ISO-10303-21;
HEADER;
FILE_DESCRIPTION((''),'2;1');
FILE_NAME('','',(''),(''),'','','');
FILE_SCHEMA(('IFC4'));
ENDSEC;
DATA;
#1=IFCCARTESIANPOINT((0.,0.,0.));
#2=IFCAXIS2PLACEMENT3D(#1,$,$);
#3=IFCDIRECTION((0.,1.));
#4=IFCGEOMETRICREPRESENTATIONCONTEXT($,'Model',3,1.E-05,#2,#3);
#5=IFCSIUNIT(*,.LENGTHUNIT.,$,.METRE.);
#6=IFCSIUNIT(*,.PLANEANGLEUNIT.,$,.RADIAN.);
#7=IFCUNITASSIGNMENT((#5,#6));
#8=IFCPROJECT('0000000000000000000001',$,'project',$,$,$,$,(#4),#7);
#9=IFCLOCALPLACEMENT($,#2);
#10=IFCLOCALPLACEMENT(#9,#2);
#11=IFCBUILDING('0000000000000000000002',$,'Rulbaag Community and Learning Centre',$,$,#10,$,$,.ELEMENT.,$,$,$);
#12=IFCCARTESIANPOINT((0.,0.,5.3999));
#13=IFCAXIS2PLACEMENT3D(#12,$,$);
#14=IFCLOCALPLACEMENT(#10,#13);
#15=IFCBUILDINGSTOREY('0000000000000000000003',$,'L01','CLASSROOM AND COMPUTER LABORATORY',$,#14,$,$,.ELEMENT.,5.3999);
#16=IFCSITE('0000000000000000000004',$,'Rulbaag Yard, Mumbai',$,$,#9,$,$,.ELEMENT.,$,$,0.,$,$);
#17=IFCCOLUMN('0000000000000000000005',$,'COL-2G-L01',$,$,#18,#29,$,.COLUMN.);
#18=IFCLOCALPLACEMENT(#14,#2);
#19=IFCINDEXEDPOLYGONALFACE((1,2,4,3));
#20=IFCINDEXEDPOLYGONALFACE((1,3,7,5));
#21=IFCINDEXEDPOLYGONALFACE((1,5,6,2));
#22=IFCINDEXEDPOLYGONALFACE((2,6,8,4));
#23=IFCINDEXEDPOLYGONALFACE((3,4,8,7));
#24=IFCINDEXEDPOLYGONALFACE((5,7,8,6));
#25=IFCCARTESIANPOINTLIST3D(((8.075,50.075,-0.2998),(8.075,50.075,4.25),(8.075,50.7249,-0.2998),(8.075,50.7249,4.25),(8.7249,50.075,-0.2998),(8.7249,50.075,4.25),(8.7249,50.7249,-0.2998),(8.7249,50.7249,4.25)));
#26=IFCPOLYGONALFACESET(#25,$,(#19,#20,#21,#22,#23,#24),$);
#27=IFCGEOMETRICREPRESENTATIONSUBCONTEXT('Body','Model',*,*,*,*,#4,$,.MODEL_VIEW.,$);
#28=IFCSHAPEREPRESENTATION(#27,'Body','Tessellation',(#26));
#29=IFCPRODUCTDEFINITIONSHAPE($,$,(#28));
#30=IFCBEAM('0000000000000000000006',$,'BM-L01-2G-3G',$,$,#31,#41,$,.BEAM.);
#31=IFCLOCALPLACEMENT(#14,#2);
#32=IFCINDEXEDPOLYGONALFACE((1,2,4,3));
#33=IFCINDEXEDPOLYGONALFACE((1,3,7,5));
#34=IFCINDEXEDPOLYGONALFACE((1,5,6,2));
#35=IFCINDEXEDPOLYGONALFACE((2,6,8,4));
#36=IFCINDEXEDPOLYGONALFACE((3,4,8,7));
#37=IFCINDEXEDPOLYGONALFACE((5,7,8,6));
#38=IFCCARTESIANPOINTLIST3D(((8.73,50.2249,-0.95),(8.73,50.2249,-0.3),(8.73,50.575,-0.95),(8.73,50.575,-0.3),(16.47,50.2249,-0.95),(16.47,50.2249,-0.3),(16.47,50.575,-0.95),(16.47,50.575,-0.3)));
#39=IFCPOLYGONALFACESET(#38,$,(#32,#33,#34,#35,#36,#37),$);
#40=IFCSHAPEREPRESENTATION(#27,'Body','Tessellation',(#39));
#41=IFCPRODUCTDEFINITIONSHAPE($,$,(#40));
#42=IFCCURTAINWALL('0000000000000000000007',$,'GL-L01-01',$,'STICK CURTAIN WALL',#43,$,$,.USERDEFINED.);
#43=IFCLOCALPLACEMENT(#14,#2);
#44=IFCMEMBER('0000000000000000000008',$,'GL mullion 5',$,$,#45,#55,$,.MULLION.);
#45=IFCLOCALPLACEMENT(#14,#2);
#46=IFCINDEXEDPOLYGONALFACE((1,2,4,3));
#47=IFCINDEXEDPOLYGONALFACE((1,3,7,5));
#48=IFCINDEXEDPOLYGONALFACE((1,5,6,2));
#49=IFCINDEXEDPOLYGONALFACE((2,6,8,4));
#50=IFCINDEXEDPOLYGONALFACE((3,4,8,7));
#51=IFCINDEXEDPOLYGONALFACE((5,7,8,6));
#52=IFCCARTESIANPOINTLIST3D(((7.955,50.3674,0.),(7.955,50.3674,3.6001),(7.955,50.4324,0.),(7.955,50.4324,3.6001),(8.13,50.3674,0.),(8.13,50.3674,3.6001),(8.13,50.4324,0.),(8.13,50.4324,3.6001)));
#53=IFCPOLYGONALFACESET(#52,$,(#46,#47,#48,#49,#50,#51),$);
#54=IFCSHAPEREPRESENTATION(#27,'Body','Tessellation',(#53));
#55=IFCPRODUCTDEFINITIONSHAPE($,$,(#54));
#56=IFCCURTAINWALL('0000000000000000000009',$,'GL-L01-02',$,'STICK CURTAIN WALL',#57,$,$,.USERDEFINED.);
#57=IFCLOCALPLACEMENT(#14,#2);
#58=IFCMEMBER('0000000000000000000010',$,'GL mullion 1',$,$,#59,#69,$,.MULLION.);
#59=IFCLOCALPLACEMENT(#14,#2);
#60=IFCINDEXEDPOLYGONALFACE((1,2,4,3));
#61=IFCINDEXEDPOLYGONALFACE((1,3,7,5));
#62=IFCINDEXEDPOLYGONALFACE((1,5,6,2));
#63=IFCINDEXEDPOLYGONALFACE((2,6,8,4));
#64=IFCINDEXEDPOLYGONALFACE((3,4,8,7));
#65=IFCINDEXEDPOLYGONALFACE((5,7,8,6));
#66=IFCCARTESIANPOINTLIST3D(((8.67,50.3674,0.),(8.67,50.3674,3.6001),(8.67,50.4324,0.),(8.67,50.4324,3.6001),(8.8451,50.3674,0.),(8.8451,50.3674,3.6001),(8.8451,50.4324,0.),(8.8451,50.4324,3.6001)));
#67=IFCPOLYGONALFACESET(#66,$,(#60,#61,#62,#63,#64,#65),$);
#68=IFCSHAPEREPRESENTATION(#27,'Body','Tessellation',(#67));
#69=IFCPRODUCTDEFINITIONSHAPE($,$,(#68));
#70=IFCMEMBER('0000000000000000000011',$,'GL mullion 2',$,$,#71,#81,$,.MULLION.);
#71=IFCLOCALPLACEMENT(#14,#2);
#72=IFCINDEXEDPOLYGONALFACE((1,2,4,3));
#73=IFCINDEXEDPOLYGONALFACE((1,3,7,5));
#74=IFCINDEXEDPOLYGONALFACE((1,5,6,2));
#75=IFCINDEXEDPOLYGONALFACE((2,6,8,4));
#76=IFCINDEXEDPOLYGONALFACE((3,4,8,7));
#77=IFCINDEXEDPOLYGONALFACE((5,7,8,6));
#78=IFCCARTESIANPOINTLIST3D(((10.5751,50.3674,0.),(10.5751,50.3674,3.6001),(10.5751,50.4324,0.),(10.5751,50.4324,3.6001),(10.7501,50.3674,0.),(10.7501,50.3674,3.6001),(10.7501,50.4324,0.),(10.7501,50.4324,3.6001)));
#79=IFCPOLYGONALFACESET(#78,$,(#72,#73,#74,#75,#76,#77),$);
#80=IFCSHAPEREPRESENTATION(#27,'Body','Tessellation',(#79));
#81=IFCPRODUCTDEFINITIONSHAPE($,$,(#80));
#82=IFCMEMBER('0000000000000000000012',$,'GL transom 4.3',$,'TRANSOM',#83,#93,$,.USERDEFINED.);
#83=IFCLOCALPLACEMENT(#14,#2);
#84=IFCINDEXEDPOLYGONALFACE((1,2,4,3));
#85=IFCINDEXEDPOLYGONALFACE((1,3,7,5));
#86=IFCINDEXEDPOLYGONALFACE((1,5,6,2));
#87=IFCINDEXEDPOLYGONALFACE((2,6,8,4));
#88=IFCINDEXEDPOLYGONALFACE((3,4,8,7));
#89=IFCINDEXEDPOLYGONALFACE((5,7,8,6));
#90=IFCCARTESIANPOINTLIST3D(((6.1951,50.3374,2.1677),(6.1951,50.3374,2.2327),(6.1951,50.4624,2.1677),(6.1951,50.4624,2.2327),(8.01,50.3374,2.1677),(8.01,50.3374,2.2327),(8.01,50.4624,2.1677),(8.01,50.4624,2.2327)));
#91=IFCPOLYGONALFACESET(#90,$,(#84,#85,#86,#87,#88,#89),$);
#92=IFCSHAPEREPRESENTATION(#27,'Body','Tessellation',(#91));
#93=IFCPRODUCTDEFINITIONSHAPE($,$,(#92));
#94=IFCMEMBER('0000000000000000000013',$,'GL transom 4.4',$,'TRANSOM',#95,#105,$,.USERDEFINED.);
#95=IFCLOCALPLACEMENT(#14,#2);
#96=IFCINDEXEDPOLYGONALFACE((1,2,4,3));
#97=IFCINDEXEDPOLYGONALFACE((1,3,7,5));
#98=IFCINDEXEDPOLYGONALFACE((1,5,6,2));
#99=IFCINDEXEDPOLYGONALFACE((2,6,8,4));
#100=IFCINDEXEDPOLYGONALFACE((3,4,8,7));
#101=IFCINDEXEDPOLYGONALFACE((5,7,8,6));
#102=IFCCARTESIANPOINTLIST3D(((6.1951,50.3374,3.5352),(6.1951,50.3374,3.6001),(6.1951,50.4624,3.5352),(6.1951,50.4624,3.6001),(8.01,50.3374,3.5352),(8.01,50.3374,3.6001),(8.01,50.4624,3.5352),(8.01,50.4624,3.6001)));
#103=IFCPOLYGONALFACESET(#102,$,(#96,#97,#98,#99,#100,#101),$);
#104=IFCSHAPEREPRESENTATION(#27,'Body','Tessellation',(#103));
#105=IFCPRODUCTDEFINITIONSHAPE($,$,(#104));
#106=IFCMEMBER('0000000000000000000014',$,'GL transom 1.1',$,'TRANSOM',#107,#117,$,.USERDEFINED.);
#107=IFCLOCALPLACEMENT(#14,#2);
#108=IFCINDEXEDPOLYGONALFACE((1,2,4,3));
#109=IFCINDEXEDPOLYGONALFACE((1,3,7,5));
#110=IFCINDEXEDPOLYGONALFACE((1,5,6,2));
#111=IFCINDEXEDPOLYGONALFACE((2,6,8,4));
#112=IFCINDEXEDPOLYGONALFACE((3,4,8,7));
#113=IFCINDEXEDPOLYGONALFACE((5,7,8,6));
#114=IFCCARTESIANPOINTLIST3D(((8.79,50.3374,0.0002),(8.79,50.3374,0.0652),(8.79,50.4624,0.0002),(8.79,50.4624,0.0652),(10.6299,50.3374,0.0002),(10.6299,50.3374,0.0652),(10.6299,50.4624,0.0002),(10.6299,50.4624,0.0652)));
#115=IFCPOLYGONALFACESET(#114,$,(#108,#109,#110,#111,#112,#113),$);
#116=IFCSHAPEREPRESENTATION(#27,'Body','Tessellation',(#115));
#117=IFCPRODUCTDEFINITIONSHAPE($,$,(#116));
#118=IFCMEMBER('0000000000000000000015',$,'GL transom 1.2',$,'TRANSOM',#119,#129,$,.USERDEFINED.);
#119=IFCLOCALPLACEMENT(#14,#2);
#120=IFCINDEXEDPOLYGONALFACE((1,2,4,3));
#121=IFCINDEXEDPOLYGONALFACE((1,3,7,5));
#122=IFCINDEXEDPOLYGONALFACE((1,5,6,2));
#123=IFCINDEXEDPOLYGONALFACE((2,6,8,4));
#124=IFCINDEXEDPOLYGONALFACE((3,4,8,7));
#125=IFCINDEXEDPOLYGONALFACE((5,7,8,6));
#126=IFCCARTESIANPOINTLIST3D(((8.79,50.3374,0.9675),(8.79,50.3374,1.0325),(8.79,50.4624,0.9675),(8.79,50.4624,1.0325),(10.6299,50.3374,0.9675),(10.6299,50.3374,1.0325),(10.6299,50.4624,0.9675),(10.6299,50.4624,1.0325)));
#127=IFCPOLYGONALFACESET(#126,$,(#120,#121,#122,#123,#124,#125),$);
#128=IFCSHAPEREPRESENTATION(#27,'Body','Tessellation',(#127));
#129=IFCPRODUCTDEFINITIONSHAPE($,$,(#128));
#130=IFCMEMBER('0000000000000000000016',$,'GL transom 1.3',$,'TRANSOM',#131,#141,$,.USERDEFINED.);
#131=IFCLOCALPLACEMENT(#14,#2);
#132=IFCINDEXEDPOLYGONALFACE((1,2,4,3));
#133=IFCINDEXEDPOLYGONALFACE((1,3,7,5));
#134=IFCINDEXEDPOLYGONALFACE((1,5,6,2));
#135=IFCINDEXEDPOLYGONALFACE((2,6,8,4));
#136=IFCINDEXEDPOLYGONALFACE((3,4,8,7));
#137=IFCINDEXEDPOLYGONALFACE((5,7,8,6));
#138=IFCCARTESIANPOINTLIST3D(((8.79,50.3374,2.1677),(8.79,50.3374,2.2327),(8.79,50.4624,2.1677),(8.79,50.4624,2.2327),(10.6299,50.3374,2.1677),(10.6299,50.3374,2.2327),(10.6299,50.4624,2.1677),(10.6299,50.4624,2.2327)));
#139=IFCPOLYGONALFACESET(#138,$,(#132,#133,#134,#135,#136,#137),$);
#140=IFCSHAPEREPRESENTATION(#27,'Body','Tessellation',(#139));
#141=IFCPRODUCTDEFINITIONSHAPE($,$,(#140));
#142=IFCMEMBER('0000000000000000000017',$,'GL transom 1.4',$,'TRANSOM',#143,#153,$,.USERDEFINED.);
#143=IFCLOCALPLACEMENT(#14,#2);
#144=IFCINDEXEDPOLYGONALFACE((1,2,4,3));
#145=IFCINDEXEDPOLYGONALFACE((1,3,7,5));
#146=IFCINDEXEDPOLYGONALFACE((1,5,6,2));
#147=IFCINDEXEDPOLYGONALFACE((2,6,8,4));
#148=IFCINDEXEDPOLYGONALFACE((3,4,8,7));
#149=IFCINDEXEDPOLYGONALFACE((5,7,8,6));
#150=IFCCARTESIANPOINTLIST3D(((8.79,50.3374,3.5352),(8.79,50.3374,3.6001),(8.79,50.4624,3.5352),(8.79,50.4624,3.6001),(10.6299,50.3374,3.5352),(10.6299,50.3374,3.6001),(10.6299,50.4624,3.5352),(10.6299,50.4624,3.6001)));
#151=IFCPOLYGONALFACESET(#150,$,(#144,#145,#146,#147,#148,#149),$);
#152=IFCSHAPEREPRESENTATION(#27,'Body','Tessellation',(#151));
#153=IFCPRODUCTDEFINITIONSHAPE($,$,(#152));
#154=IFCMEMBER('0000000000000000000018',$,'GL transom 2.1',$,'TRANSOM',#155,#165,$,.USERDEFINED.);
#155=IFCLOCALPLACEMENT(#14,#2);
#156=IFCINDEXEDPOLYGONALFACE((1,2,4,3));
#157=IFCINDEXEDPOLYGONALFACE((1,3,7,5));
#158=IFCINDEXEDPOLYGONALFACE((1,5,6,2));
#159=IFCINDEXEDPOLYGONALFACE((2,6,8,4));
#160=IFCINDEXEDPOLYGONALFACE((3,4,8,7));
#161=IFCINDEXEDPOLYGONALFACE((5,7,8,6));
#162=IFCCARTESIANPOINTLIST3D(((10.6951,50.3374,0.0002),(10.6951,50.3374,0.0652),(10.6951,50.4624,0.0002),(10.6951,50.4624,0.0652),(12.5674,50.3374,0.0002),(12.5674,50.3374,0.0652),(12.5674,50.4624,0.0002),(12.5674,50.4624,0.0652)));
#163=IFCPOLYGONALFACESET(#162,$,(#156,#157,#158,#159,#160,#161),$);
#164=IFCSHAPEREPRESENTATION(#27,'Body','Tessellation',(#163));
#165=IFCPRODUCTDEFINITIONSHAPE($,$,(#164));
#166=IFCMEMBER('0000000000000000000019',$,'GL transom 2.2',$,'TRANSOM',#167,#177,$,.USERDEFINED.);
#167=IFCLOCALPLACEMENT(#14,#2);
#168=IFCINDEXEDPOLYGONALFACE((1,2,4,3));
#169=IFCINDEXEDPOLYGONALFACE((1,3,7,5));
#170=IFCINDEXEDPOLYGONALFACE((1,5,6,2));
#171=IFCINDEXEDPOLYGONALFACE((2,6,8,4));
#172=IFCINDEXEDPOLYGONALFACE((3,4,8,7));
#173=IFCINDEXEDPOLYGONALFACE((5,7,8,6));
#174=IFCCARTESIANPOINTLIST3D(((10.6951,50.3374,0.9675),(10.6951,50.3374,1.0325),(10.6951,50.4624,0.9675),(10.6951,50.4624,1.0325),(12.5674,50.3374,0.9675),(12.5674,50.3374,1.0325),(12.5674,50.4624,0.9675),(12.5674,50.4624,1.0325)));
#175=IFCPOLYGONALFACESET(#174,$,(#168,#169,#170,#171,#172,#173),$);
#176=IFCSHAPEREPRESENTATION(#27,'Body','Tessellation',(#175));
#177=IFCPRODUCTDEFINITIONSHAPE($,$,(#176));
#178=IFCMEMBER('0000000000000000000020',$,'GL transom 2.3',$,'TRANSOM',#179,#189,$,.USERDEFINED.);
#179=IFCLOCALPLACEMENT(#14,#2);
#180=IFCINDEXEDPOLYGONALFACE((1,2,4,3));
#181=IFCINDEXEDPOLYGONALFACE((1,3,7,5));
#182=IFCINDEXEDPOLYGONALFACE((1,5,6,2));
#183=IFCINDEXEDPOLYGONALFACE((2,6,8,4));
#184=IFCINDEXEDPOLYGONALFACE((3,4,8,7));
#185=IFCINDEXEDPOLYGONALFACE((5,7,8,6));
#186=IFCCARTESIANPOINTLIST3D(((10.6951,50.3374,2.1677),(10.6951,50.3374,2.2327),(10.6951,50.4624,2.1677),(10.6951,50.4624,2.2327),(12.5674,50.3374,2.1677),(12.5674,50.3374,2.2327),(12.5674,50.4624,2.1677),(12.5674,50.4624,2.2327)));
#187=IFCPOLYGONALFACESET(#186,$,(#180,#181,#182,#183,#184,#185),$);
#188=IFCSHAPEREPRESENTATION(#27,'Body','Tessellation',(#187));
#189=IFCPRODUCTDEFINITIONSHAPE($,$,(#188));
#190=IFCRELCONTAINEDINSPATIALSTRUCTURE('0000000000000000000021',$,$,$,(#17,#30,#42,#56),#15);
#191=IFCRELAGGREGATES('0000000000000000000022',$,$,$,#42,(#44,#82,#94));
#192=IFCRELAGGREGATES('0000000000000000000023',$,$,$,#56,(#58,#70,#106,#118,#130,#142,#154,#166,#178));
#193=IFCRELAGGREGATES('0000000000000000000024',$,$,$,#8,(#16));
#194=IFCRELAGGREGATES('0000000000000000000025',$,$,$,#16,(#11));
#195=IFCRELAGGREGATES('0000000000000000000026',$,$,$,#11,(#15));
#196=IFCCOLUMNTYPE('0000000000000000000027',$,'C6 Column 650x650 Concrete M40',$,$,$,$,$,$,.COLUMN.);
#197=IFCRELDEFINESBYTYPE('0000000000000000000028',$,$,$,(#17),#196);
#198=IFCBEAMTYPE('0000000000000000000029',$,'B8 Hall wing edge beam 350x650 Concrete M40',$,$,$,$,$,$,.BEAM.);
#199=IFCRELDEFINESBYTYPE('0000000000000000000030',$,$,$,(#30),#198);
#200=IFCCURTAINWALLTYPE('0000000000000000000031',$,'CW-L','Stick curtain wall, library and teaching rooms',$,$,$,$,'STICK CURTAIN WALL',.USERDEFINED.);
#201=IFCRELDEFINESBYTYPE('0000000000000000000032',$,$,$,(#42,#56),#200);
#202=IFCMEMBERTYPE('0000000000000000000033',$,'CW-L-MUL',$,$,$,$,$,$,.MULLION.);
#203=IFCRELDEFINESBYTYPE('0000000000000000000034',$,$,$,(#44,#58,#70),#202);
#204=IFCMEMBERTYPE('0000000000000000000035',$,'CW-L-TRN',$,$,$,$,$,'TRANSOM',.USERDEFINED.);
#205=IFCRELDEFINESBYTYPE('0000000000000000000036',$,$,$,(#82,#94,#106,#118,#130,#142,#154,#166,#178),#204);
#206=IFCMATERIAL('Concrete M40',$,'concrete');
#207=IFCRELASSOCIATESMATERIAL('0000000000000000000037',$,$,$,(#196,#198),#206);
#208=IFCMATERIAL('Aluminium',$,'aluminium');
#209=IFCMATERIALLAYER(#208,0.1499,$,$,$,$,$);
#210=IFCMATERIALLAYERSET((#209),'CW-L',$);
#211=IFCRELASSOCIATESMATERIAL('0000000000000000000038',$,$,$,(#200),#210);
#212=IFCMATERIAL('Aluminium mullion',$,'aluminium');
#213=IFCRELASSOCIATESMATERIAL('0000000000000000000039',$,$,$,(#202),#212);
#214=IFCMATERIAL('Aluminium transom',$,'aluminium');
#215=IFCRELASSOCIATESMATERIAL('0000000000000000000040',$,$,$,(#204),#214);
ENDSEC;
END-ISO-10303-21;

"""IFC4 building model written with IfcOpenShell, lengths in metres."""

from ifc_helpers import new_model, si_unit, direction, frame, origin, origin_2d, place, context, subcontext, project, spatial, rectangle, extrude, material, layer, layer_set, material_profile, profile_set, type_object, element, aggregate, save


model = new_model("IFC4")

# Units and contexts
model_context = context("Model", 3, precision=1e-05, world=origin(), true_north=direction((0.0, 1.0)))
body_context = subcontext(model_context, "Body", "Model", "MODEL_VIEW")
ifc_project = project(units=[si_unit("LENGTHUNIT", "METRE"), si_unit("PLANEANGLEUNIT", "RADIAN")], contexts=[model_context])

# Site, building, storey
site_placement = place(None, origin())
site = spatial("IfcSite", under=ifc_project, at=site_placement, Name="Rulbaag Yard, Mumbai", CompositionType="ELEMENT", RefElevation=0.0)
building_placement = place(site_placement, origin())
building = spatial("IfcBuilding", under=site, at=building_placement, Name="Rulbaag Community and Learning Centre", CompositionType="ELEMENT")
storey_placement = place(building_placement, frame((0.0, 0.0, 5.3999)))
storey = spatial("IfcBuildingStorey", under=building, at=storey_placement, Name="L01", Description="CLASSROOM AND COMPUTER LABORATORY", CompositionType="ELEMENT", Elevation=5.3999)

# Column
ifc_material_1 = material(Name="Concrete M40", Category="concrete")
ifc_material_profile_1 = material_profile(ifc_material_1, rectangle(XDim=0.6499, YDim=0.6499, at=origin_2d()), Name="RC650x650")
ifc_profile_set_1 = profile_set([ifc_material_profile_1], Name="Concrete M40")
column_type = type_object("IfcColumnType", Name="C6 Column 650x650 Concrete M40", PredefinedType="COLUMN", material=ifc_profile_set_1)
column_placement = place(storey_placement, frame((8.3999, 50.3999, -0.2998), z_axis=(0.0, 0.0, 1.0), x_axis=(1.0, 0.0, 0.0)))
element("IfcColumn", 1, at=column_placement, inside=storey, type_object=column_type, Name="COL-2G-L01", PredefinedType="COLUMN", context=body_context, shape_type="SweptSolid", body=[
    extrude(rectangle(XDim=0.6499, YDim=0.6499, at=origin_2d()), origin(), (0.0, 0.0, 1.0), 4.5498),
])

# Beam
ifc_material_profile_2 = material_profile(ifc_material_1, rectangle(XDim=0.3501, YDim=0.6499, at=origin_2d()), Name="RB350x650")
ifc_profile_set_2 = profile_set([ifc_material_profile_2], Name="Concrete M40")
beam_type = type_object("IfcBeamType", Name="B8 Hall wing edge beam 350x650 Concrete M40", PredefinedType="BEAM", material=ifc_profile_set_2)
beam_placement = place(storey_placement, frame((8.73, 50.3999, -0.625), z_axis=(1.0, 0.0, 0.0), x_axis=(0.0, 1.0, 0.0)))
element("IfcBeam", 2, at=beam_placement, inside=storey, type_object=beam_type, Name="BM-L01-2G-3G", PredefinedType="BEAM", context=body_context, shape_type="SweptSolid", body=[
    extrude(rectangle(XDim=0.3501, YDim=0.6499, at=origin_2d()), origin(), (0.0, 0.0, 1.0), 7.74),
])

# Curtain wall, member
ifc_material_2 = material(Name="Aluminium", Category="aluminium")
ifc_layer_1 = layer(ifc_material_2, 0.1499)
ifc_layer_set_1 = layer_set([ifc_layer_1], Name="CW-L")
curtain_wall_type = type_object("IfcCurtainWallType", Name="CW-L", Description="Stick curtain wall, library and teaching rooms", ElementType="STICK CURTAIN WALL", PredefinedType="USERDEFINED", material=ifc_layer_set_1)
curtain_wall_1_placement = place(storey_placement, origin())
curtain_wall_1 = element("IfcCurtainWall", 3, at=curtain_wall_1_placement, inside=storey, type_object=curtain_wall_type, Name="GL-L01-01", ObjectType="STICK CURTAIN WALL", PredefinedType="USERDEFINED")
ifc_material_3 = material(Name="Aluminium mullion", Category="aluminium")
ifc_material_profile_3 = material_profile(ifc_material_3, rectangle(XDim=0.0649, YDim=0.175, at=origin_2d()), Name="AL 65x175")
ifc_profile_set_3 = profile_set([ifc_material_profile_3], Name="Aluminium mullion")
member_type_1 = type_object("IfcMemberType", Name="CW-L-MUL", PredefinedType="MULLION", material=ifc_profile_set_3)
member_1_placement = place(storey_placement, frame((8.0425, 50.3999, 0.0), z_axis=(0.0, 0.0, 1.0), x_axis=(0.0, 1.0, 0.0)))
member_1 = element("IfcMember", 4, at=member_1_placement, type_object=member_type_1, Name="GL mullion 5", PredefinedType="MULLION", context=body_context, shape_type="SweptSolid", body=[
    extrude(rectangle(XDim=0.0649, YDim=0.175, at=origin_2d()), origin(), (0.0, 0.0, 1.0), 3.6001),
])

# Curtain wall, members
curtain_wall_2_placement = place(storey_placement, origin())
curtain_wall_2 = element("IfcCurtainWall", 5, at=curtain_wall_2_placement, inside=storey, type_object=curtain_wall_type, Name="GL-L01-02", ObjectType="STICK CURTAIN WALL", PredefinedType="USERDEFINED")
member_2_placement = place(storey_placement, frame((8.7576, 50.3999, 0.0), z_axis=(0.0, 0.0, 1.0), x_axis=(0.0, 1.0, 0.0)))
member_2 = element("IfcMember", 6, at=member_2_placement, type_object=member_type_1, Name="GL mullion 1", PredefinedType="MULLION", context=body_context, shape_type="SweptSolid", body=[
    extrude(rectangle(XDim=0.0649, YDim=0.175, at=origin_2d()), origin(), (0.0, 0.0, 1.0), 3.6001),
])
member_3_placement = place(storey_placement, frame((10.6626, 50.3999, 0.0), z_axis=(0.0, 0.0, 1.0), x_axis=(0.0, 1.0, 0.0)))
member_3 = element("IfcMember", 7, at=member_3_placement, type_object=member_type_1, Name="GL mullion 2", PredefinedType="MULLION", context=body_context, shape_type="SweptSolid", body=[
    extrude(rectangle(XDim=0.0649, YDim=0.175, at=origin_2d()), origin(), (0.0, 0.0, 1.0), 3.6001),
])

# Members
ifc_material_4 = material(Name="Aluminium transom", Category="aluminium")
ifc_material_profile_4 = material_profile(ifc_material_4, rectangle(XDim=0.125, YDim=0.0649, at=origin_2d()), Name="AL 65x125 T")
ifc_profile_set_4 = profile_set([ifc_material_profile_4], Name="Aluminium transom")
member_type_2 = type_object("IfcMemberType", Name="CW-L-TRN", ElementType="TRANSOM", PredefinedType="USERDEFINED", material=ifc_profile_set_4)
member_4_placement = place(storey_placement, frame((6.1951, 50.3999, 2.2002), z_axis=(1.0, 0.0, 0.0), x_axis=(0.0, 1.0, 0.0)))
member_4 = element("IfcMember", 8, at=member_4_placement, type_object=member_type_2, Name="GL transom 4.3", ObjectType="TRANSOM", PredefinedType="USERDEFINED", context=body_context, shape_type="SweptSolid", body=[
    extrude(rectangle(XDim=0.125, YDim=0.0649, at=origin_2d()), origin(), (0.0, 0.0, 1.0), 1.8149),
])
member_5_placement = place(storey_placement, frame((6.1951, 50.3999, 3.5676), z_axis=(1.0, 0.0, 0.0), x_axis=(0.0, 1.0, 0.0)))
member_5 = element("IfcMember", 9, at=member_5_placement, type_object=member_type_2, Name="GL transom 4.4", ObjectType="TRANSOM", PredefinedType="USERDEFINED", context=body_context, shape_type="SweptSolid", body=[
    extrude(rectangle(XDim=0.125, YDim=0.0649, at=origin_2d()), origin(), (0.0, 0.0, 1.0), 1.8149),
])
member_6_placement = place(storey_placement, frame((8.79, 50.3999, 0.0327), z_axis=(1.0, 0.0, 0.0), x_axis=(0.0, 1.0, 0.0)))
member_6 = element("IfcMember", 10, at=member_6_placement, type_object=member_type_2, Name="GL transom 1.1", ObjectType="TRANSOM", PredefinedType="USERDEFINED", context=body_context, shape_type="SweptSolid", body=[
    extrude(rectangle(XDim=0.125, YDim=0.0649, at=origin_2d()), origin(), (0.0, 0.0, 1.0), 1.8398),
])
member_7_placement = place(storey_placement, frame((8.79, 50.3999, 1.0), z_axis=(1.0, 0.0, 0.0), x_axis=(0.0, 1.0, 0.0)))
member_7 = element("IfcMember", 11, at=member_7_placement, type_object=member_type_2, Name="GL transom 1.2", ObjectType="TRANSOM", PredefinedType="USERDEFINED", context=body_context, shape_type="SweptSolid", body=[
    extrude(rectangle(XDim=0.125, YDim=0.0649, at=origin_2d()), origin(), (0.0, 0.0, 1.0), 1.8398),
])
member_8_placement = place(storey_placement, frame((8.79, 50.3999, 2.2002), z_axis=(1.0, 0.0, 0.0), x_axis=(0.0, 1.0, 0.0)))
member_8 = element("IfcMember", 12, at=member_8_placement, type_object=member_type_2, Name="GL transom 1.3", ObjectType="TRANSOM", PredefinedType="USERDEFINED", context=body_context, shape_type="SweptSolid", body=[
    extrude(rectangle(XDim=0.125, YDim=0.0649, at=origin_2d()), origin(), (0.0, 0.0, 1.0), 1.8398),
])
member_9_placement = place(storey_placement, frame((8.79, 50.3999, 3.5676), z_axis=(1.0, 0.0, 0.0), x_axis=(0.0, 1.0, 0.0)))
member_9 = element("IfcMember", 13, at=member_9_placement, type_object=member_type_2, Name="GL transom 1.4", ObjectType="TRANSOM", PredefinedType="USERDEFINED", context=body_context, shape_type="SweptSolid", body=[
    extrude(rectangle(XDim=0.125, YDim=0.0649, at=origin_2d()), origin(), (0.0, 0.0, 1.0), 1.8398),
])
member_10_placement = place(storey_placement, frame((10.6951, 50.3999, 0.0327), z_axis=(1.0, 0.0, 0.0), x_axis=(0.0, 1.0, 0.0)))
member_10 = element("IfcMember", 14, at=member_10_placement, type_object=member_type_2, Name="GL transom 2.1", ObjectType="TRANSOM", PredefinedType="USERDEFINED", context=body_context, shape_type="SweptSolid", body=[
    extrude(rectangle(XDim=0.125, YDim=0.0649, at=origin_2d()), origin(), (0.0, 0.0, 1.0), 1.8723),
])
member_11_placement = place(storey_placement, frame((10.6951, 50.3999, 1.0), z_axis=(1.0, 0.0, 0.0), x_axis=(0.0, 1.0, 0.0)))
member_11 = element("IfcMember", 15, at=member_11_placement, type_object=member_type_2, Name="GL transom 2.2", ObjectType="TRANSOM", PredefinedType="USERDEFINED", context=body_context, shape_type="SweptSolid", body=[
    extrude(rectangle(XDim=0.125, YDim=0.0649, at=origin_2d()), origin(), (0.0, 0.0, 1.0), 1.8723),
])
member_12_placement = place(storey_placement, frame((10.6951, 50.3999, 2.2002), z_axis=(1.0, 0.0, 0.0), x_axis=(0.0, 1.0, 0.0)))
member_12 = element("IfcMember", 16, at=member_12_placement, type_object=member_type_2, Name="GL transom 2.3", ObjectType="TRANSOM", PredefinedType="USERDEFINED", context=body_context, shape_type="SweptSolid", body=[
    extrude(rectangle(XDim=0.125, YDim=0.0649, at=origin_2d()), origin(), (0.0, 0.0, 1.0), 1.8723),
])

aggregate(curtain_wall_1, [member_1, member_4, member_5])
aggregate(curtain_wall_2, [member_2, member_3, member_6, member_7, member_8, member_9, member_10, member_11, member_12])

save(model, "model.ifc")
